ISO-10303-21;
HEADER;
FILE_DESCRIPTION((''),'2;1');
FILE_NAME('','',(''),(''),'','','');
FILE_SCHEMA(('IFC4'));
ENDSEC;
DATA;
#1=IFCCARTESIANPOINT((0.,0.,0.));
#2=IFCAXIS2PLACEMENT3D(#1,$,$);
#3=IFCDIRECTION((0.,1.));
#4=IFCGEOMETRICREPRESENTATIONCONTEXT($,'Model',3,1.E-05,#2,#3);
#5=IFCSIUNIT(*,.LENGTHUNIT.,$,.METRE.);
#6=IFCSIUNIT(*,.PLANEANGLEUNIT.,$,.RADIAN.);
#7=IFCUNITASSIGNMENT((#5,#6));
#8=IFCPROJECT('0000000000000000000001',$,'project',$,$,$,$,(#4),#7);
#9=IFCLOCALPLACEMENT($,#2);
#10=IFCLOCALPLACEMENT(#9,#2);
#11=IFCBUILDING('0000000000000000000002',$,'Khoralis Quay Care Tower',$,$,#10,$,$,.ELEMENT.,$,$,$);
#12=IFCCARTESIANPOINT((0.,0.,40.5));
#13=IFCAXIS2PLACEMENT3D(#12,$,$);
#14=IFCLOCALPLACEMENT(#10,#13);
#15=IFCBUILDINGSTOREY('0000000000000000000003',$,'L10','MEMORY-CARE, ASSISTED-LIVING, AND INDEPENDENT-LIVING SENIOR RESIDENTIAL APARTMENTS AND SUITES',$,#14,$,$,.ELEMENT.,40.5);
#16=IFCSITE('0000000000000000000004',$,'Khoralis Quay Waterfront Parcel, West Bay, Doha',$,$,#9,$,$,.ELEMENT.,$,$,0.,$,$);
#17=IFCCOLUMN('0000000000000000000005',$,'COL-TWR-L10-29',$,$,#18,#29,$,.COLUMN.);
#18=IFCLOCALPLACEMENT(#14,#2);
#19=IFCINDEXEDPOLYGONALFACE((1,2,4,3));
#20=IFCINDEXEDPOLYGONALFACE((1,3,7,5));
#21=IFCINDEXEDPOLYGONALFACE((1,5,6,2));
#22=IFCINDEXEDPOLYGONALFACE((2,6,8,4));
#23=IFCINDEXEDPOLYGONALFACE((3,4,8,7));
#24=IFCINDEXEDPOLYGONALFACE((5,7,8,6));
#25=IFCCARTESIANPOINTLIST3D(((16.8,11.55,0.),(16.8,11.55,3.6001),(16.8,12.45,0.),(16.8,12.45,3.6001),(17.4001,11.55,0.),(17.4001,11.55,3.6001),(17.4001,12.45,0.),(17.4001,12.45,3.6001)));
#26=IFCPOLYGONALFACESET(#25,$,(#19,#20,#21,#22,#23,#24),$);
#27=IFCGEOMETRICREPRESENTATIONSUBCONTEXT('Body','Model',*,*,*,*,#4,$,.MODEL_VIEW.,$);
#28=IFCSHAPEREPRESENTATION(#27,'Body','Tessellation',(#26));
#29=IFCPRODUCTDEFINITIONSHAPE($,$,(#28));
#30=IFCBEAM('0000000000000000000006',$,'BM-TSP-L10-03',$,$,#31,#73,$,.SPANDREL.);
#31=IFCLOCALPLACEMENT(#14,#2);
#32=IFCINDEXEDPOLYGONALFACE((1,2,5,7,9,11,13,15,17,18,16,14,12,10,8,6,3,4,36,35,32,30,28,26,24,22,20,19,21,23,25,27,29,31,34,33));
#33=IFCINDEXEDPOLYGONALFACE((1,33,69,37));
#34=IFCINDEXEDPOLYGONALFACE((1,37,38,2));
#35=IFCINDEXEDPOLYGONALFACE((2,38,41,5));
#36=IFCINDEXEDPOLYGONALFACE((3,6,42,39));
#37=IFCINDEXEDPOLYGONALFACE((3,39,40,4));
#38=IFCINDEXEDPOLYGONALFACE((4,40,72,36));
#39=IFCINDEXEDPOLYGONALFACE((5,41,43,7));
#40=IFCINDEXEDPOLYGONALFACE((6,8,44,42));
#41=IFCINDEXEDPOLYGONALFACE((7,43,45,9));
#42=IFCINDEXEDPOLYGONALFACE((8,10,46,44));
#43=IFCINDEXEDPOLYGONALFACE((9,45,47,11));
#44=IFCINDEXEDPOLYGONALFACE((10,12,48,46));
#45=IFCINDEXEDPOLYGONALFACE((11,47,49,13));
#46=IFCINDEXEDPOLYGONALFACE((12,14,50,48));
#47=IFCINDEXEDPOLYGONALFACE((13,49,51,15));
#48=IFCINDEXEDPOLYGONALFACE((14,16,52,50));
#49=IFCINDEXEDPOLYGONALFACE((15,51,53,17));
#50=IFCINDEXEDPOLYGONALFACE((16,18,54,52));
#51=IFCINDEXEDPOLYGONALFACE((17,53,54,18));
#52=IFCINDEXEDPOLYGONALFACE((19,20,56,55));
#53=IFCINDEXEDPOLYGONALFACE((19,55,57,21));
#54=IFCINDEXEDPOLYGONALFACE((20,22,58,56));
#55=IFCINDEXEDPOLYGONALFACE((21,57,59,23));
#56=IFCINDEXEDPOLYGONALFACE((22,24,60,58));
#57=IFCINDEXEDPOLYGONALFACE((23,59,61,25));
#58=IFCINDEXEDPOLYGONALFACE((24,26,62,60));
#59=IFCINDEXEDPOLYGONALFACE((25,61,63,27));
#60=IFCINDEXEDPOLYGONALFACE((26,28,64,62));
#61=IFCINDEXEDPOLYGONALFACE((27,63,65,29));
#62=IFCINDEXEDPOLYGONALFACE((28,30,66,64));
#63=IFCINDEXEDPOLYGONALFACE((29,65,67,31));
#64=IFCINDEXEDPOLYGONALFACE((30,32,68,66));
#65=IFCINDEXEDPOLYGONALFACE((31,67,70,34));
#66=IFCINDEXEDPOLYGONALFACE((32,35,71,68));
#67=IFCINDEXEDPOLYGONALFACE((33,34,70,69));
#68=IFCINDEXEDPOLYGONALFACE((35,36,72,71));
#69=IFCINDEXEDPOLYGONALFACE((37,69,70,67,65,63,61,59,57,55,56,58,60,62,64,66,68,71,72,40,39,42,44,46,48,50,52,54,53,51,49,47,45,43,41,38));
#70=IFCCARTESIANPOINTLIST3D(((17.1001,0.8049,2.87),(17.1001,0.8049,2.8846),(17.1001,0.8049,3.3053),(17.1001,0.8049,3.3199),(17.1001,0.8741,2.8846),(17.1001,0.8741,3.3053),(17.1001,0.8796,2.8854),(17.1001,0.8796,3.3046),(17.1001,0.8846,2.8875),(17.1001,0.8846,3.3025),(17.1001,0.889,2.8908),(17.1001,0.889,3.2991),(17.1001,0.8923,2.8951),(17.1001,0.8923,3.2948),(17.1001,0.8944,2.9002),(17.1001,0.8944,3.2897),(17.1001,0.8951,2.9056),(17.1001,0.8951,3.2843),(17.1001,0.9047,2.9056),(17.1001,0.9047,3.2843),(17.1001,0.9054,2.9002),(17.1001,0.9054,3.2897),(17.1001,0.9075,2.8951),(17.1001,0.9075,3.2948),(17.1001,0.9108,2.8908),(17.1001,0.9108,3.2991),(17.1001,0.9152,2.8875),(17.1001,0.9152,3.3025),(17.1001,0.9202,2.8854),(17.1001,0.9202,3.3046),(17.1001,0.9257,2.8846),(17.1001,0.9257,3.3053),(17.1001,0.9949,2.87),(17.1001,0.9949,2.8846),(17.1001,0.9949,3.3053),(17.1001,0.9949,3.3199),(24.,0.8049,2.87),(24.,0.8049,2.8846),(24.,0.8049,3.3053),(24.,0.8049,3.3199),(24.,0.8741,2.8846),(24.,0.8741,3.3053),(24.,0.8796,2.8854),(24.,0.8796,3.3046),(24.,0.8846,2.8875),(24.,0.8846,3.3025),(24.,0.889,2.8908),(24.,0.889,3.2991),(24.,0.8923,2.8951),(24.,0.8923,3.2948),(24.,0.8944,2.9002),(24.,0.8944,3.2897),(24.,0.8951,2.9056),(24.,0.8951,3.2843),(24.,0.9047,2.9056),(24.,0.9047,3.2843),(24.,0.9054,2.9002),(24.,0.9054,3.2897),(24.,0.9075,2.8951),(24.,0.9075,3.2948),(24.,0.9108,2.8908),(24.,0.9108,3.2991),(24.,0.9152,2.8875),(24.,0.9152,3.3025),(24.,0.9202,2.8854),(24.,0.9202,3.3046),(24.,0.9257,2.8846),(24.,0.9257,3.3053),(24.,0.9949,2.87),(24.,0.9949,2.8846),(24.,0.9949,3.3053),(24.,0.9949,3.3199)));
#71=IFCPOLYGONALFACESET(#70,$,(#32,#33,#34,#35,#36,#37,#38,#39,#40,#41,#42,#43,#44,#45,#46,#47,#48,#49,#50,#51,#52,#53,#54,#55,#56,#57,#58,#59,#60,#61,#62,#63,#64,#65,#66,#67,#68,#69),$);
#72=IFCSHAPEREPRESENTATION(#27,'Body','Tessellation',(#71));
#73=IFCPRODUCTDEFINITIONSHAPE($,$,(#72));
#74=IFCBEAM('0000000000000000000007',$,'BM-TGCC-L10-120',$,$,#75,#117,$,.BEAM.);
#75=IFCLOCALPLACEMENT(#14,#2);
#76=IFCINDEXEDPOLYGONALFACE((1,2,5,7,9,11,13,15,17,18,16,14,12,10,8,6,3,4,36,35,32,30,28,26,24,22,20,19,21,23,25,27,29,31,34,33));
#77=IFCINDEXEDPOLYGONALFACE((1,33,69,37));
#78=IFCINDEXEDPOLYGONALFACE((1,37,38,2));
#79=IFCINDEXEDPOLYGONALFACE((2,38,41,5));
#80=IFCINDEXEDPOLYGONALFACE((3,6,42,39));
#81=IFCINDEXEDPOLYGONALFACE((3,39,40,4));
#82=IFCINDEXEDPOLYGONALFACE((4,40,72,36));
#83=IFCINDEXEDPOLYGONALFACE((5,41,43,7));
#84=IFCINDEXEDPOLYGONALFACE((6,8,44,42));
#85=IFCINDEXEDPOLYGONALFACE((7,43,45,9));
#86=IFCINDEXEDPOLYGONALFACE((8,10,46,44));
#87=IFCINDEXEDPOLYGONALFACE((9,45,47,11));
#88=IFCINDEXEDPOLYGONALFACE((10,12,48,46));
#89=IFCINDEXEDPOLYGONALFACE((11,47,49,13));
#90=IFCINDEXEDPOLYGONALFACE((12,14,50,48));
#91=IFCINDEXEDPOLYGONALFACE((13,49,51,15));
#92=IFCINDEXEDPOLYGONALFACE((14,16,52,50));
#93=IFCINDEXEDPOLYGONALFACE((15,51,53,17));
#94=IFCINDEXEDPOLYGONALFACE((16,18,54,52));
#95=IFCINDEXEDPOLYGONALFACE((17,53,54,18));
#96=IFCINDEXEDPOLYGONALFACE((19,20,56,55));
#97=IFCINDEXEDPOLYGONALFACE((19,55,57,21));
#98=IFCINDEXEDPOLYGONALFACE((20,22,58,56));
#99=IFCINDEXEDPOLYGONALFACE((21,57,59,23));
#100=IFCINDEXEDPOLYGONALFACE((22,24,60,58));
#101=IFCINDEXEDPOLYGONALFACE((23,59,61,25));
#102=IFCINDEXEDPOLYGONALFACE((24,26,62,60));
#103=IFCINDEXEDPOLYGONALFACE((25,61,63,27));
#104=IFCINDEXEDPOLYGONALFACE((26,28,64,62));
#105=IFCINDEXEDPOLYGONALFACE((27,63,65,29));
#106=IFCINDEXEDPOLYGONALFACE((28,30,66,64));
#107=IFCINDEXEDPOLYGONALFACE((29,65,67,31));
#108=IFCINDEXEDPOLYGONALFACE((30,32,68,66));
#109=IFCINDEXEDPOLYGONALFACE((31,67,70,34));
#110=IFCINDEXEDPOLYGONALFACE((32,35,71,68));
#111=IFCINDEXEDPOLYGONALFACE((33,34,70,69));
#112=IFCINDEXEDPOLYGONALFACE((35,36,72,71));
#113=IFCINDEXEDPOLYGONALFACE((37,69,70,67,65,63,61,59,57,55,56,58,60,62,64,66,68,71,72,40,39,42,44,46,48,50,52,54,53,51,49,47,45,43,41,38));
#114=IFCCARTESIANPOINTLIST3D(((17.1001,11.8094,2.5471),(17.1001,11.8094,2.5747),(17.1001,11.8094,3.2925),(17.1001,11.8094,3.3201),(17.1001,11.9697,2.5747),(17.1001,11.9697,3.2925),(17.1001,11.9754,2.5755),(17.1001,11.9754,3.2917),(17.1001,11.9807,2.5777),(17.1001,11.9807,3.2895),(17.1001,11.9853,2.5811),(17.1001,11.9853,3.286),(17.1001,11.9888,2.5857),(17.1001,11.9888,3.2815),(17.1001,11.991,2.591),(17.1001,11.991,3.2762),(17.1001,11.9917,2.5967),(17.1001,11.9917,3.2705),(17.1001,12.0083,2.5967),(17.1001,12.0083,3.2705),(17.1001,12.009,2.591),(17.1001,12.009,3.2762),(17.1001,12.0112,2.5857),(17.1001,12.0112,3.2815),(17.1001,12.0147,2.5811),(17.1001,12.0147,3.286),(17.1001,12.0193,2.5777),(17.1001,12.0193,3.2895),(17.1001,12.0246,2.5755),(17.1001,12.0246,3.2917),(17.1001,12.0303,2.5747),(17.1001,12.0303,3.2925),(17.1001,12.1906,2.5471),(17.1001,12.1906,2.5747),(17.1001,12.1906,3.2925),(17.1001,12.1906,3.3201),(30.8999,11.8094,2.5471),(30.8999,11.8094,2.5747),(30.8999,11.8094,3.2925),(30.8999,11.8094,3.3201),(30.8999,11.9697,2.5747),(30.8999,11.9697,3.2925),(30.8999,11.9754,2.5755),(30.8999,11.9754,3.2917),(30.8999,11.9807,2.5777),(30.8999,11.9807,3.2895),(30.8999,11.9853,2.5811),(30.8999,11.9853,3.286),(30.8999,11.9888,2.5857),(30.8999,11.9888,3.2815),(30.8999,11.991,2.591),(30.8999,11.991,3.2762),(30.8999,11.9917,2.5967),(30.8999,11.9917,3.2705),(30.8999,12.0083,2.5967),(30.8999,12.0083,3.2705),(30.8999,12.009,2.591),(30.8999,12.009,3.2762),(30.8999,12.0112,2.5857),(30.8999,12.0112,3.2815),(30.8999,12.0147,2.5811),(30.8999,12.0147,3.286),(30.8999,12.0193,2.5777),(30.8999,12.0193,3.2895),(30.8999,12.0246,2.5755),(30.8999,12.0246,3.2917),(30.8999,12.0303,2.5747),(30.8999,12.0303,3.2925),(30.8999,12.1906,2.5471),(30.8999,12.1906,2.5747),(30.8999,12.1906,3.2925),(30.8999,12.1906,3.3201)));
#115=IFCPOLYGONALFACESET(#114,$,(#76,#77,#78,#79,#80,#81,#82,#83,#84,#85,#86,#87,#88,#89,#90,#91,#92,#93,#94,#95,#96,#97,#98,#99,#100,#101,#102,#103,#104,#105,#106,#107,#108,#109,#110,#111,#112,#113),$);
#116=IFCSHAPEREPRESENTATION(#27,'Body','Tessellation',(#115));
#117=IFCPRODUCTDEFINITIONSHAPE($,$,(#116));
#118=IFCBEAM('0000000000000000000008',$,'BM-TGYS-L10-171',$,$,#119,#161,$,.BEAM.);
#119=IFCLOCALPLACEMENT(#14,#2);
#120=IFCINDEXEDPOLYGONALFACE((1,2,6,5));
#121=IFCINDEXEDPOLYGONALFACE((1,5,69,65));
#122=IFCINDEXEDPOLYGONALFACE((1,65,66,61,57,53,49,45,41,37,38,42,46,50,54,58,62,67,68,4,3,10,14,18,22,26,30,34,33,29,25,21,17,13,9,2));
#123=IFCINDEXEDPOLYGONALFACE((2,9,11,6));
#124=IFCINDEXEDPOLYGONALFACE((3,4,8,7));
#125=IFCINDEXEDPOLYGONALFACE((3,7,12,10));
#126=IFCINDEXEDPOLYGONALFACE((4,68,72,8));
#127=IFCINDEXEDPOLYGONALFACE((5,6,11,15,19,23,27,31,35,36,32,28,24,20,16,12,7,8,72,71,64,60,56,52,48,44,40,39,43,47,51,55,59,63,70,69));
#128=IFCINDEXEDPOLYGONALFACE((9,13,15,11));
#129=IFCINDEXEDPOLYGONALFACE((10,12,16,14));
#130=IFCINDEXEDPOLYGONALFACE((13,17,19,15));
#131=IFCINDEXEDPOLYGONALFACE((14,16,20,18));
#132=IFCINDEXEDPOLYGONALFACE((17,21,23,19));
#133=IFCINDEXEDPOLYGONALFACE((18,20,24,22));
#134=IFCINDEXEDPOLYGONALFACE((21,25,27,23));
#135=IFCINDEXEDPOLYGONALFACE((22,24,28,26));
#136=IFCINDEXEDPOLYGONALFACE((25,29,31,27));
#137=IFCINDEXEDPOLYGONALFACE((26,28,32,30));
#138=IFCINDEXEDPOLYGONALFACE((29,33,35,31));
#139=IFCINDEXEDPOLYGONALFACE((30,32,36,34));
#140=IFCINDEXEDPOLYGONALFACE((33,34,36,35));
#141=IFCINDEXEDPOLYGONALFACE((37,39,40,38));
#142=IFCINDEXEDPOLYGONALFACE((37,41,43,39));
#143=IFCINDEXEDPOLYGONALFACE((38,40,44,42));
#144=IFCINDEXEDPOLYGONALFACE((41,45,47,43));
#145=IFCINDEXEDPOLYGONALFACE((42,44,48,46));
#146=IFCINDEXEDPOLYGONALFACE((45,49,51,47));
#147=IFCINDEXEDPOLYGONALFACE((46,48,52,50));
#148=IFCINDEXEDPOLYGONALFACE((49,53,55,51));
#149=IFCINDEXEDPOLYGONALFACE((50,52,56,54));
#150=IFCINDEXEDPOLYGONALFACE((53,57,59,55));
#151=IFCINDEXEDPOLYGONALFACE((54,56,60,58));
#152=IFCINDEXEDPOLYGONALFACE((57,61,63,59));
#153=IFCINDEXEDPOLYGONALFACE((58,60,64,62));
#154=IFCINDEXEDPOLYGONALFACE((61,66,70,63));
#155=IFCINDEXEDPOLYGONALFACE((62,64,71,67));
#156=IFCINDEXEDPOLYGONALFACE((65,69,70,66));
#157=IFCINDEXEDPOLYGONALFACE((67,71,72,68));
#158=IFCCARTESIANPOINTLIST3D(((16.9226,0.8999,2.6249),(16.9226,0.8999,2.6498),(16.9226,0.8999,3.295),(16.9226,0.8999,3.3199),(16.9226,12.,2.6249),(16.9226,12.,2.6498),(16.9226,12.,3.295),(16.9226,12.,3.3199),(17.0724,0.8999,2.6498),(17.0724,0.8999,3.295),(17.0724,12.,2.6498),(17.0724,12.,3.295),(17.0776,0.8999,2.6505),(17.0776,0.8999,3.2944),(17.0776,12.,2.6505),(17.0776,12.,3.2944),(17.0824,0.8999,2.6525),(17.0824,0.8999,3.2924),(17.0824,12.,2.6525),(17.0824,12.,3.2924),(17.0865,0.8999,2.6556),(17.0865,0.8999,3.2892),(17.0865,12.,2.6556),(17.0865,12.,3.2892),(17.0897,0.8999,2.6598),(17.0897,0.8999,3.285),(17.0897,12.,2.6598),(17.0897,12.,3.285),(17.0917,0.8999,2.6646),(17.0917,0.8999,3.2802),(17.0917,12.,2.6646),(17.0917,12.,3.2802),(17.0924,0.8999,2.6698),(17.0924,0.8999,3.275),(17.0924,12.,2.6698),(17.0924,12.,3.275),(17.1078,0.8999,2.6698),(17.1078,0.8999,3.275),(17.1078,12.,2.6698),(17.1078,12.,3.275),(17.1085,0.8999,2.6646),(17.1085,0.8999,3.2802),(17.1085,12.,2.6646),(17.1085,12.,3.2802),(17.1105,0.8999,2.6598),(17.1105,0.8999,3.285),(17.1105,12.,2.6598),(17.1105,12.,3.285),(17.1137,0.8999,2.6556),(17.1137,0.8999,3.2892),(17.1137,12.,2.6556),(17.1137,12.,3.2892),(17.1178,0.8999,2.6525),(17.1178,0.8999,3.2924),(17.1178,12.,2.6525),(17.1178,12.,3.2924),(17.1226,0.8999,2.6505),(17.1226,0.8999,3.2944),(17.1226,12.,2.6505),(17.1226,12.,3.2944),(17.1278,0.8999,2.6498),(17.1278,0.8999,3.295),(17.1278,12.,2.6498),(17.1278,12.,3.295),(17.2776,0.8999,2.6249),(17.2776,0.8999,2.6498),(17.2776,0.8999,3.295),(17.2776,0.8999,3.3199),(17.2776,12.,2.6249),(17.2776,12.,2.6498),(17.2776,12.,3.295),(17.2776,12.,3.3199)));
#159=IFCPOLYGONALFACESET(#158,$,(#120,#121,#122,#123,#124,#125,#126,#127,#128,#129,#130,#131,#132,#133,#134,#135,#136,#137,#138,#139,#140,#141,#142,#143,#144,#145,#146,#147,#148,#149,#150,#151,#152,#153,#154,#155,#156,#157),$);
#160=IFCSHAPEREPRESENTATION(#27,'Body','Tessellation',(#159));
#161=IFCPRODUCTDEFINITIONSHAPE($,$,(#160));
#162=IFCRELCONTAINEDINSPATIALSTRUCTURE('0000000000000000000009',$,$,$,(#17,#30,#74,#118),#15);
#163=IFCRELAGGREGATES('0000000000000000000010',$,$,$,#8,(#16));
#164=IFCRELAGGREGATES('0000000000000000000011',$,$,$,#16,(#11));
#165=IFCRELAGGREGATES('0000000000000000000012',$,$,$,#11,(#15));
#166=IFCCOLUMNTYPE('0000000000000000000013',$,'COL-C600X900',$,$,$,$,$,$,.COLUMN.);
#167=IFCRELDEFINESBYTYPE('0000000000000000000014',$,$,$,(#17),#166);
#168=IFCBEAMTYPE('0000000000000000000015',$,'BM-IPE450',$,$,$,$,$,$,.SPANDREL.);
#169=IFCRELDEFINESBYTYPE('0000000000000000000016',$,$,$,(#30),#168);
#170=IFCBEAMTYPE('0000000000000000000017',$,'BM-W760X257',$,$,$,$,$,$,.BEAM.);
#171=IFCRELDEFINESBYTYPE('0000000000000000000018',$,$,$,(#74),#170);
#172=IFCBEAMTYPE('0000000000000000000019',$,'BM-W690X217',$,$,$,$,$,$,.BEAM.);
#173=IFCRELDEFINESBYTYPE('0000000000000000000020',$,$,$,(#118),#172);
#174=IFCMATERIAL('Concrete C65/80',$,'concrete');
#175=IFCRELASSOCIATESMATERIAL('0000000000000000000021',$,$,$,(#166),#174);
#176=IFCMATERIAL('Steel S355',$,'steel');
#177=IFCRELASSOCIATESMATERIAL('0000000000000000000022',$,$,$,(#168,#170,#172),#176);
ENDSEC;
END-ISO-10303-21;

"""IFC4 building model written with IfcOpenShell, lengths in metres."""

from ifc_helpers import new_model, si_unit, direction, frame, origin, origin_2d, place, context, subcontext, project, spatial, rectangle, i_section, extrude, source, transform, mapped, material, material_profile, profile_set, type_object, element, save


model = new_model("IFC4")

# Units and contexts
model_context = context("Model", 3, precision=1e-05, world=origin(), true_north=direction((0.0, 1.0)))
body_context = subcontext(model_context, "Body", "Model", "MODEL_VIEW")
ifc_project = project(units=[si_unit("LENGTHUNIT", "METRE"), si_unit("PLANEANGLEUNIT", "RADIAN")], contexts=[model_context])

# Site, building, storey
site_placement = place(None, origin())
site = spatial("IfcSite", under=ifc_project, at=site_placement, Name="Khoralis Quay Waterfront Parcel, West Bay, Doha", CompositionType="ELEMENT", RefElevation=0.0)
building_placement = place(site_placement, origin())
building = spatial("IfcBuilding", under=site, at=building_placement, Name="Khoralis Quay Care Tower", CompositionType="ELEMENT")
storey_placement = place(building_placement, frame((0.0, 0.0, 40.5)))
storey = spatial("IfcBuildingStorey", under=building, at=storey_placement, Name="L10", Description="MEMORY-CARE, ASSISTED-LIVING, AND INDEPENDENT-LIVING SENIOR RESIDENTIAL APARTMENTS AND SUITES", CompositionType="ELEMENT", Elevation=40.5)

# Column
ifc_material_1 = material(Name="Concrete C65/80", Category="concrete")
ifc_material_profile_1 = material_profile(ifc_material_1, rectangle(XDim=0.6001, YDim=0.8999, at=origin_2d()), Name="Concrete C65/80")
ifc_profile_set_1 = profile_set([ifc_material_profile_1], Name="Concrete C65/80")
column_type = type_object("IfcColumnType", Name="COL-C600X900", PredefinedType="COLUMN", material=ifc_profile_set_1)
shared_shape_1 = source(origin(), body_context, "Body", "SweptSolid", [
    extrude(rectangle(XDim=0.6001, YDim=0.8999, at=origin_2d()), origin(), (0.0, 0.0, 1.0), 3.6001),
])
column_placement = place(storey_placement, frame((17.1001, 12.0, 0.0), z_axis=(0.0, 0.0, 1.0), x_axis=(1.0, 0.0, 0.0)))
element("IfcColumn", 1, at=column_placement, inside=storey, type_object=column_type, Name="COL-TWR-L10-29", PredefinedType="COLUMN", context=body_context, shape_type="MappedRepresentation", body=[
    mapped(shared_shape_1, transform((0.0, 0.0, 0.0), scale=1.0)),
])

# Beams
ifc_material_2 = material(Name="Steel S355", Category="steel")
ifc_material_profile_2 = material_profile(ifc_material_2, i_section(OverallWidth=0.1899, OverallDepth=0.45, WebThickness=0.0095, FlangeThickness=0.0146, FilletRadius=0.021, at=origin_2d()), Name="Steel S355")
ifc_profile_set_2 = profile_set([ifc_material_profile_2], Name="Steel S355")
beam_type_1 = type_object("IfcBeamType", Name="BM-IPE450", PredefinedType="SPANDREL", material=ifc_profile_set_2)
shared_shape_2 = source(origin(), body_context, "Body", "SweptSolid", [
    extrude(i_section(OverallWidth=0.1899, OverallDepth=0.45, WebThickness=0.0095, FlangeThickness=0.0146, FilletRadius=0.021, at=origin_2d()), origin(), (0.0, 0.0, 1.0), 6.8999),
])
beam_1_placement = place(storey_placement, frame((17.1001, 0.8999, 3.095), z_axis=(1.0, 0.0, 0.0), x_axis=(0.0, 1.0, 0.0)))
element("IfcBeam", 2, at=beam_1_placement, inside=storey, type_object=beam_type_1, Name="BM-TSP-L10-03", PredefinedType="SPANDREL", context=body_context, shape_type="MappedRepresentation", body=[
    mapped(shared_shape_2, transform((0.0, 0.0, 0.0), scale=1.0)),
])
ifc_material_profile_3 = material_profile(ifc_material_2, i_section(OverallWidth=0.3811, OverallDepth=0.7729, WebThickness=0.0166, FlangeThickness=0.0276, FilletRadius=0.022, at=origin_2d()), Name="Steel S355")
ifc_profile_set_3 = profile_set([ifc_material_profile_3], Name="Steel S355")
beam_type_2 = type_object("IfcBeamType", Name="BM-W760X257", PredefinedType="BEAM", material=ifc_profile_set_3)
shared_shape_3 = source(origin(), body_context, "Body", "SweptSolid", [
    extrude(i_section(OverallWidth=0.3811, OverallDepth=0.7729, WebThickness=0.0166, FlangeThickness=0.0276, FilletRadius=0.022, at=origin_2d()), origin(), (0.0, 0.0, 1.0), 13.7998),
])
beam_2_placement = place(storey_placement, frame((17.1001, 12.0, 2.9336), z_axis=(1.0, 0.0, 0.0), x_axis=(0.0, 1.0, 0.0)))
element("IfcBeam", 3, at=beam_2_placement, inside=storey, type_object=beam_type_2, Name="BM-TGCC-L10-120", PredefinedType="BEAM", context=body_context, shape_type="MappedRepresentation", body=[
    mapped(shared_shape_3, transform((0.0, 0.0, 0.0), scale=1.0)),
])
ifc_material_profile_4 = material_profile(ifc_material_2, i_section(OverallWidth=0.355, OverallDepth=0.6951, WebThickness=0.0154, FlangeThickness=0.0249, FilletRadius=0.02, at=origin_2d()), Name="Steel S355")
ifc_profile_set_4 = profile_set([ifc_material_profile_4], Name="Steel S355")
beam_type_3 = type_object("IfcBeamType", Name="BM-W690X217", PredefinedType="BEAM", material=ifc_profile_set_4)
shared_shape_4 = source(origin(), body_context, "Body", "SweptSolid", [
    extrude(i_section(OverallWidth=0.355, OverallDepth=0.6951, WebThickness=0.0154, FlangeThickness=0.0249, FilletRadius=0.02, at=origin_2d()), origin(), (0.0, 0.0, 1.0), 11.1001),
])
beam_3_placement = place(storey_placement, frame((17.1001, 0.8999, 2.9724), z_axis=(0.0, 1.0, 0.0), x_axis=(-1.0, 0.0, 0.0)))
element("IfcBeam", 4, at=beam_3_placement, inside=storey, type_object=beam_type_3, Name="BM-TGYS-L10-171", PredefinedType="BEAM", context=body_context, shape_type="MappedRepresentation", body=[
    mapped(shared_shape_4, transform((0.0, 0.0, 0.0), scale=1.0)),
])

save(model, "model.ifc")
